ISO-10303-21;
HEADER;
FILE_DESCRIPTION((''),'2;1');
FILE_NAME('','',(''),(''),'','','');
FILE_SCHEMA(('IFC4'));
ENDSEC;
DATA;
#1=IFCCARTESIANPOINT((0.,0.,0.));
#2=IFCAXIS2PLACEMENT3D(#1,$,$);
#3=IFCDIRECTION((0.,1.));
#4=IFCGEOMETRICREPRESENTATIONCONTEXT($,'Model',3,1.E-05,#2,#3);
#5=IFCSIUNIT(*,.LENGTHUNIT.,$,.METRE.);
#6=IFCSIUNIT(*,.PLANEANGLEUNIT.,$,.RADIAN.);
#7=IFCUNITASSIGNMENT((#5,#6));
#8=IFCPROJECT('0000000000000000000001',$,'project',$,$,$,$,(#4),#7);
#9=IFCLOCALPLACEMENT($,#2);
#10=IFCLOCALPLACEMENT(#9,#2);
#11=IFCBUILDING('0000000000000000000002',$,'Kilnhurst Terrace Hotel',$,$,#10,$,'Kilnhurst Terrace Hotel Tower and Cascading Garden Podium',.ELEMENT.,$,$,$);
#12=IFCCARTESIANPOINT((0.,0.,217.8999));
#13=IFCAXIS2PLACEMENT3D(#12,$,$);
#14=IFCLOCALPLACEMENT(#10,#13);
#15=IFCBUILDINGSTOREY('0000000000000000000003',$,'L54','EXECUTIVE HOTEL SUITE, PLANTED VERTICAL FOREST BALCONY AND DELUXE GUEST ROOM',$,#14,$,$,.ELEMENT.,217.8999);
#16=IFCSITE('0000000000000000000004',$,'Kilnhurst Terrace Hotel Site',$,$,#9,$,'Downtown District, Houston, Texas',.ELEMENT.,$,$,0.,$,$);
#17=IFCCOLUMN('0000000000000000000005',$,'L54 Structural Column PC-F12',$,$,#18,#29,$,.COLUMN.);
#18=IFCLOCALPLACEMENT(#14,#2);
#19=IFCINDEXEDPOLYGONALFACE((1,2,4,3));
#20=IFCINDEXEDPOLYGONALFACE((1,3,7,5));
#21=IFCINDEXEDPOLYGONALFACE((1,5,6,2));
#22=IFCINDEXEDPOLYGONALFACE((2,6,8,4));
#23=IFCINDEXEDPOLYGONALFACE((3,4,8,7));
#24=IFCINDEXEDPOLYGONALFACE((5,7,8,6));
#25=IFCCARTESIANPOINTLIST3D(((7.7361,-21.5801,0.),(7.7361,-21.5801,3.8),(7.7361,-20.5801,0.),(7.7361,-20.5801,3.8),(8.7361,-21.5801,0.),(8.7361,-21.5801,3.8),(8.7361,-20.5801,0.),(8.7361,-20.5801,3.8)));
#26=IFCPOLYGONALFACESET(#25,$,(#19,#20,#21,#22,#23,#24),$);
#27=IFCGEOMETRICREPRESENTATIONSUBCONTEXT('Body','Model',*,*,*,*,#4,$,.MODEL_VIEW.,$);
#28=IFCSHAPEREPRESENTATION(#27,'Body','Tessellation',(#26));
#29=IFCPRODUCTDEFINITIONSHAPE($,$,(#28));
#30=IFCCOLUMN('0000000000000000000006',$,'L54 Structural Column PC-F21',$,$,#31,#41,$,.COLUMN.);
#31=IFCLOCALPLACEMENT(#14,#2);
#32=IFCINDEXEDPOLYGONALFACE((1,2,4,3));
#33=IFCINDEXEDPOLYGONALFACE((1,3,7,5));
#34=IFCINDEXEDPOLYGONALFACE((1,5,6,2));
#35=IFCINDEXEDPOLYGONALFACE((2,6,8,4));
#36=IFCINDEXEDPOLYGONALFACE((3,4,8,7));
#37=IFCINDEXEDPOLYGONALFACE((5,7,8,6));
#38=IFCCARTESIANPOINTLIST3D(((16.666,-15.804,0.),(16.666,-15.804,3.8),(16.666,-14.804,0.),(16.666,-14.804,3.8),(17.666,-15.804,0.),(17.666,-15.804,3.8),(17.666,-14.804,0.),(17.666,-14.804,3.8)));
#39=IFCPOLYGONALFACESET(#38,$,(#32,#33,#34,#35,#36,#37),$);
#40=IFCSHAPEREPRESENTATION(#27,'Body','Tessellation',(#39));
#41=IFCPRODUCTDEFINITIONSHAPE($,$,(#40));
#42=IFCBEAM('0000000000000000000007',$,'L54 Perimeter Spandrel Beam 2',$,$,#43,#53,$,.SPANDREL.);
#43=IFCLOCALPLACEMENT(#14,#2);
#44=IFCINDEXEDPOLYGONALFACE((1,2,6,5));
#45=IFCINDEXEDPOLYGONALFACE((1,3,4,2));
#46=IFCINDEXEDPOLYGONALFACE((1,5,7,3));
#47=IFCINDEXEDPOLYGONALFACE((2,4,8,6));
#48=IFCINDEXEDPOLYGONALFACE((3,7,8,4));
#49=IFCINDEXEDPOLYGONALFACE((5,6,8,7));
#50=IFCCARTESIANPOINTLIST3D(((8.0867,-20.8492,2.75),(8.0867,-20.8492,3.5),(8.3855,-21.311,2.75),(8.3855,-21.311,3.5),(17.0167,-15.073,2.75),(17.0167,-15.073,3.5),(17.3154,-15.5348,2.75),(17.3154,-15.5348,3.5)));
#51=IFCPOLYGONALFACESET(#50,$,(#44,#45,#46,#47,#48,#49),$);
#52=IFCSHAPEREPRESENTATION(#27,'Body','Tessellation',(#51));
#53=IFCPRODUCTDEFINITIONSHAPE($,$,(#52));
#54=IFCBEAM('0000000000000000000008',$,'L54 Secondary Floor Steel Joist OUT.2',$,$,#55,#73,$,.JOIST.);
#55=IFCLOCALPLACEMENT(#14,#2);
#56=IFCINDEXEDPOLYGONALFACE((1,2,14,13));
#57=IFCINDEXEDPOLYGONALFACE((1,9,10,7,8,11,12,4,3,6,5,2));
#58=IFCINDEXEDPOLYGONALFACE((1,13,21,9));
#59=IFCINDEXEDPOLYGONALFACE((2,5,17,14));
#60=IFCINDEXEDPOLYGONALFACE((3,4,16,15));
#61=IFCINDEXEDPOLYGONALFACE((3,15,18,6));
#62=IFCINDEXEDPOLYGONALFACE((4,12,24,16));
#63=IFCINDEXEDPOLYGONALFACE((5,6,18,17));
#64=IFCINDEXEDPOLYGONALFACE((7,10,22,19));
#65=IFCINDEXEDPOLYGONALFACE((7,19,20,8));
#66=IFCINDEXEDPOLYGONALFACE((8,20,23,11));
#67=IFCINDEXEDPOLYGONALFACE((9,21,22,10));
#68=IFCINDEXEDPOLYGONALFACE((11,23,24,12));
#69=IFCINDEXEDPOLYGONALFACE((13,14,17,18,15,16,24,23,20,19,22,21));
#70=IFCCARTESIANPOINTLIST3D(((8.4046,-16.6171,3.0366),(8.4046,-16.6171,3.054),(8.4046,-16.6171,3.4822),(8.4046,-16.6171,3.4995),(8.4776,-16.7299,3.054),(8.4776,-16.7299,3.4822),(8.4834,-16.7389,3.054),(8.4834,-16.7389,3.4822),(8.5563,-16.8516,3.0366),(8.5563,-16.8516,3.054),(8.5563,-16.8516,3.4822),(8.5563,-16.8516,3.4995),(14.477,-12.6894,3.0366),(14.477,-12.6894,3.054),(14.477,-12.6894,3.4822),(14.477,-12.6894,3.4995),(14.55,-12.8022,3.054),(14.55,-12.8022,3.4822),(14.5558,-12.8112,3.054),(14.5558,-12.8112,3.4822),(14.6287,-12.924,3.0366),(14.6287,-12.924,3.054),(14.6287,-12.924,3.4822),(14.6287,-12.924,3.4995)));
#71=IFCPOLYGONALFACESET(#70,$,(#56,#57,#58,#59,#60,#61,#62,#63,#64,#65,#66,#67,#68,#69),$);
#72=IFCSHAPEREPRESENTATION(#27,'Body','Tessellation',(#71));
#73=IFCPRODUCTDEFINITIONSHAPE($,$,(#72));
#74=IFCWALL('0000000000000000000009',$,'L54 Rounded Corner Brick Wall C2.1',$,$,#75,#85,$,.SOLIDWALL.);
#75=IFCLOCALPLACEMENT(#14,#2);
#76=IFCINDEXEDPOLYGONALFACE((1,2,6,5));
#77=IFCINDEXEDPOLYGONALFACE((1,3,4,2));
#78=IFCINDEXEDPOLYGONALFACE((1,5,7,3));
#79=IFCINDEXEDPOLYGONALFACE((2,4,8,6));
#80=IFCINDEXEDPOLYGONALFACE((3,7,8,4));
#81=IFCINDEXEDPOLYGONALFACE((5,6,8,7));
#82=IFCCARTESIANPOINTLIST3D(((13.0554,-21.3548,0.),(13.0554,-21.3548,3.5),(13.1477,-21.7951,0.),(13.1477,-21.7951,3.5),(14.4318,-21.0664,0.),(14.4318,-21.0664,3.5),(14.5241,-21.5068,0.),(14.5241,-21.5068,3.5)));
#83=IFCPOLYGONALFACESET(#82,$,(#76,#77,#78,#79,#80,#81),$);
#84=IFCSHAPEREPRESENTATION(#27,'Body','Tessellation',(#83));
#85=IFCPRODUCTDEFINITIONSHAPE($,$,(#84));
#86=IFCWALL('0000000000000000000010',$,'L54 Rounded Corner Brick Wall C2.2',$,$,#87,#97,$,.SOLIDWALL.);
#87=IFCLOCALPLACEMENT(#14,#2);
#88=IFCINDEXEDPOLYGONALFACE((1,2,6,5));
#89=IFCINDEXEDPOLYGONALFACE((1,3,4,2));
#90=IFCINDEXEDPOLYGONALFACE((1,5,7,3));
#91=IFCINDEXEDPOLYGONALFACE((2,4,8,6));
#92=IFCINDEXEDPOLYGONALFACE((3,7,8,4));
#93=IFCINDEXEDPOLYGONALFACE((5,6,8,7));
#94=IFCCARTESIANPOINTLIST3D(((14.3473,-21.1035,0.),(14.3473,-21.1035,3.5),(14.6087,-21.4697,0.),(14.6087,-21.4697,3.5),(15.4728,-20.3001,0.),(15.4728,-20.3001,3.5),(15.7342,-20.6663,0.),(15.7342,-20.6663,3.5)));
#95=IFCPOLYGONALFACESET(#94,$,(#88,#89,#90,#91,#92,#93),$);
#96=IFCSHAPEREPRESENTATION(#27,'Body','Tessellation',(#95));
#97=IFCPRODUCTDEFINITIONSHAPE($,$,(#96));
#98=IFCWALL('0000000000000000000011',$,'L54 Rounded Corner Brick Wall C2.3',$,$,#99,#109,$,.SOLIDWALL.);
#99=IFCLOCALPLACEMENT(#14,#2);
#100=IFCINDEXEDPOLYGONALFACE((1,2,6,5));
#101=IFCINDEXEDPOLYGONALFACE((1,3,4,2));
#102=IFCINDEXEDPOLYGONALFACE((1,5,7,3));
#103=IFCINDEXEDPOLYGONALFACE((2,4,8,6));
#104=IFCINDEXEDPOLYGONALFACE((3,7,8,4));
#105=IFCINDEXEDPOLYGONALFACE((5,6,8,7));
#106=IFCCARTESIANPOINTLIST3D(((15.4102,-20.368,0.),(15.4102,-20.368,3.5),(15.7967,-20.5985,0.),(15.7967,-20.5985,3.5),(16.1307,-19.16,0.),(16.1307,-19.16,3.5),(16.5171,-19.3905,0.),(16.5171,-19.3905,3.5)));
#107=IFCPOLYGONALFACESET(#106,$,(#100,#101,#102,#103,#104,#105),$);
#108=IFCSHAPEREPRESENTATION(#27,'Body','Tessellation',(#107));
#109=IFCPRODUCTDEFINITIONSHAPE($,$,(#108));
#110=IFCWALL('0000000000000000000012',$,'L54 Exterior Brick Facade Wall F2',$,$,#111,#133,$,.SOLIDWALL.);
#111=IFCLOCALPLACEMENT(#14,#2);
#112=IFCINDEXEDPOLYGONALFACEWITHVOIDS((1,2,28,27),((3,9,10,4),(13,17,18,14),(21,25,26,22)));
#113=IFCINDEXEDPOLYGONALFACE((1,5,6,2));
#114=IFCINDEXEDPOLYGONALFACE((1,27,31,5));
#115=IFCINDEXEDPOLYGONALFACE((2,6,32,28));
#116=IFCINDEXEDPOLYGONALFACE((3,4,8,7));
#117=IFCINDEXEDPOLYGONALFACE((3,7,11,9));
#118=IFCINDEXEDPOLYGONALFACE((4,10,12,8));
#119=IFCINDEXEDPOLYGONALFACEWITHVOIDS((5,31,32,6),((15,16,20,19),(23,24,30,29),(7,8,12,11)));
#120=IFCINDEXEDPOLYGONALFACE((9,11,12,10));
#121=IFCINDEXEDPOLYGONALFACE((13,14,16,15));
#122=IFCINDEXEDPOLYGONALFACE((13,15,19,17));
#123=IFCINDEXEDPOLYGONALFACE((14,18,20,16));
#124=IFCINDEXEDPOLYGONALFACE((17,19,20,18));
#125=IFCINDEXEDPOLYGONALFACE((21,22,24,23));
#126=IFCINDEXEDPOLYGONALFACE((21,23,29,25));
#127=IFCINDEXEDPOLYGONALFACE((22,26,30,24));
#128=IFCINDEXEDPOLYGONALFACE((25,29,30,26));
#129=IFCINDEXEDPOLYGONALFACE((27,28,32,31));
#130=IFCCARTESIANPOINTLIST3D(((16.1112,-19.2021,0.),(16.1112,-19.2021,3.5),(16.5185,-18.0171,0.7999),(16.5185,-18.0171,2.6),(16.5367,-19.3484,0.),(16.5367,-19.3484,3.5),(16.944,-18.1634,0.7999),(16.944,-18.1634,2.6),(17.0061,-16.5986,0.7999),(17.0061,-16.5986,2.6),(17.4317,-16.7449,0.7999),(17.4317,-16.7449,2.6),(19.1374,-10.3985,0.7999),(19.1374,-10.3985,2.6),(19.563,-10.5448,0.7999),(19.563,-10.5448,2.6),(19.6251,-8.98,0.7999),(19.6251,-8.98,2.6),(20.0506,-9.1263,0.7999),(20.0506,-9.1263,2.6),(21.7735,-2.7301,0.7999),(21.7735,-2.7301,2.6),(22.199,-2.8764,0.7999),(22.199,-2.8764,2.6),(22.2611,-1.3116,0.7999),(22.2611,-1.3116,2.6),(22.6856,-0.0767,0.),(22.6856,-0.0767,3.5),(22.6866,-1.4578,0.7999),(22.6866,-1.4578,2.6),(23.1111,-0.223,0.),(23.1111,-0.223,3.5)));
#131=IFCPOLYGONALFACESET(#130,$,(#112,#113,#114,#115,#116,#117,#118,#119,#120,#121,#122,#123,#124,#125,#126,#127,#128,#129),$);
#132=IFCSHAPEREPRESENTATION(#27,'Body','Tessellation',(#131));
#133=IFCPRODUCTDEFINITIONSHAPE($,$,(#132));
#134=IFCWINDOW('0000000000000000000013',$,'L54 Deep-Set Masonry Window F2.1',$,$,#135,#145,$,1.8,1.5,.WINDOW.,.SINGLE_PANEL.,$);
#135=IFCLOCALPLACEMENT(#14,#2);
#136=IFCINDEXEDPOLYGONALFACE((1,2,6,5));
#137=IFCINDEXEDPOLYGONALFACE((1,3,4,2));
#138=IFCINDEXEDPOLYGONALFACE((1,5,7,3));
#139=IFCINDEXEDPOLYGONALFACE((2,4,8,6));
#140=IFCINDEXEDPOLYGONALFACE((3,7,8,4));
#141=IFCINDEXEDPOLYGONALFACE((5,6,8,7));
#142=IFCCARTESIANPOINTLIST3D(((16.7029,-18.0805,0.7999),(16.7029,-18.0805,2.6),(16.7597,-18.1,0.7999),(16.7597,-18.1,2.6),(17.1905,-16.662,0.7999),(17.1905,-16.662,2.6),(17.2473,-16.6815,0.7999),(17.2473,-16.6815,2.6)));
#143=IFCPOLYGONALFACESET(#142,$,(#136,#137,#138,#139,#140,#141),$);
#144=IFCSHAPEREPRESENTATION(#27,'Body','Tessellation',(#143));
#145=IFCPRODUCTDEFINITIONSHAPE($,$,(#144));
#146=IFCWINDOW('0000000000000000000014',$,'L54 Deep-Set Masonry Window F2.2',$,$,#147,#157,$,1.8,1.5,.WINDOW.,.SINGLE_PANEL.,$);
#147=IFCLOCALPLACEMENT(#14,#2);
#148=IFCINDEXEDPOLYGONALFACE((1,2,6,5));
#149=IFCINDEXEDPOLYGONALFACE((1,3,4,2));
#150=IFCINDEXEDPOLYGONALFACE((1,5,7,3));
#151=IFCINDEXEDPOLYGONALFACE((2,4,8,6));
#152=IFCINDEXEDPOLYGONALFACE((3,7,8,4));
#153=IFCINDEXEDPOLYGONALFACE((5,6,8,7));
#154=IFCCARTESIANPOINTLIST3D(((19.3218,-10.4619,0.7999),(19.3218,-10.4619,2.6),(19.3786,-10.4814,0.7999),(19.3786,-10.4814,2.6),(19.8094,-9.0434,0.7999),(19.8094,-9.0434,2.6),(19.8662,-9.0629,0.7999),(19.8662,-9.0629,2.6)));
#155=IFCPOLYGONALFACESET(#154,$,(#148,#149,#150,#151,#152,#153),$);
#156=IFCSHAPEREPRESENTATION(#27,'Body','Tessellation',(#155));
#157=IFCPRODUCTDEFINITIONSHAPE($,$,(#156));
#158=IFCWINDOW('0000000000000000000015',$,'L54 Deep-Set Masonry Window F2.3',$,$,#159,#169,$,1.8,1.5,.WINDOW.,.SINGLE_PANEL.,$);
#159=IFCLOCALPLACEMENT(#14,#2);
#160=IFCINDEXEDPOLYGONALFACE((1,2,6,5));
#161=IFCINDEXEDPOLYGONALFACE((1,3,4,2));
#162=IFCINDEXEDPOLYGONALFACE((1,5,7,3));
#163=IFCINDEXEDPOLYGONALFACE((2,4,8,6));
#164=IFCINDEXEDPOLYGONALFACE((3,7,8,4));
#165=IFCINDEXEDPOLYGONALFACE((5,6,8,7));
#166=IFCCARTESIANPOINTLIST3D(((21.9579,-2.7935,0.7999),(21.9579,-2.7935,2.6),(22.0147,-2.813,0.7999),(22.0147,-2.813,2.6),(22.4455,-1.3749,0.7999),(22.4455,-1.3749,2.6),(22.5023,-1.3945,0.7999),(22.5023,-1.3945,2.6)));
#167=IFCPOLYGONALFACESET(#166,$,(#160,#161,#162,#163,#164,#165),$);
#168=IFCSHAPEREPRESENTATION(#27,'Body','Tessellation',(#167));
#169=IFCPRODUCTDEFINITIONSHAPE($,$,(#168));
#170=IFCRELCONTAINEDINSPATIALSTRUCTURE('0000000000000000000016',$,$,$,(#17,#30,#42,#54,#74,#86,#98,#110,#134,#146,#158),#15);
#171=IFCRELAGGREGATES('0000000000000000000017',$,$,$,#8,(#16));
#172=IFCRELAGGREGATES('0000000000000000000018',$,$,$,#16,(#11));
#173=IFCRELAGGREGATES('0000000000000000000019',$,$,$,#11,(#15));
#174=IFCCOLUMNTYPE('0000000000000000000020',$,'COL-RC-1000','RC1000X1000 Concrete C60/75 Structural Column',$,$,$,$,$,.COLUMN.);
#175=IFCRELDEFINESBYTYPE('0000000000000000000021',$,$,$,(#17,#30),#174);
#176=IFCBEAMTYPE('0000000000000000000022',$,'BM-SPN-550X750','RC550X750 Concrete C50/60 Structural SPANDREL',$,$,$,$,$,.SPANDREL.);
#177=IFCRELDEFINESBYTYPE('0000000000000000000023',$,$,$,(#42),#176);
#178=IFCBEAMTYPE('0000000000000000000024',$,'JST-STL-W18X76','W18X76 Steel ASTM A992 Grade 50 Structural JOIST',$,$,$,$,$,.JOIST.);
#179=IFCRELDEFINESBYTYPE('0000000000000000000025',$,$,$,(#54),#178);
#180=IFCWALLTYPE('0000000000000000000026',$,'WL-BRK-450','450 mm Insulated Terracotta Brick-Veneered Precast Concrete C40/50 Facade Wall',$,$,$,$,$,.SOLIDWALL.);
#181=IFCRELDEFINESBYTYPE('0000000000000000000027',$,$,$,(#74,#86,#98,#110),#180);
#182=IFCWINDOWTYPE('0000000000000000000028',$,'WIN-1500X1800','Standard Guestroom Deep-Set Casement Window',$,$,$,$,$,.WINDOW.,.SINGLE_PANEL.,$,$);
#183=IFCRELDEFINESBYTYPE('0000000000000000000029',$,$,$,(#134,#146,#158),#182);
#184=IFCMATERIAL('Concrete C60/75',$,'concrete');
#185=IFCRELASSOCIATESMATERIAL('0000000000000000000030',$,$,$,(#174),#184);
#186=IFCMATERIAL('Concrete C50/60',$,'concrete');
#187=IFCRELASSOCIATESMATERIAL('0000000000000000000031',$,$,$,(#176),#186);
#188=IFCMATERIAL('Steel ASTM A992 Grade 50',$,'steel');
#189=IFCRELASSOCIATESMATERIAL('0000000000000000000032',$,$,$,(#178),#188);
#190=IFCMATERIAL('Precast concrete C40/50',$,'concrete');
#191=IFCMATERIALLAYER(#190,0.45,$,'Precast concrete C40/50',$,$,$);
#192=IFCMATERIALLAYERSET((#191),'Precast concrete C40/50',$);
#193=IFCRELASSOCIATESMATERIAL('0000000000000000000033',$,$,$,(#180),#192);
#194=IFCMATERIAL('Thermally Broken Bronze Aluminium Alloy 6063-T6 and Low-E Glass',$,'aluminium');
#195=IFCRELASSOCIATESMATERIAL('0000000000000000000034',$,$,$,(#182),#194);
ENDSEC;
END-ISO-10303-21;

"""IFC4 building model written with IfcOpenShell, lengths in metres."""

from ifc_helpers import new_model, si_unit, direction, frame, frame_2d, origin, origin_2d, place, context, subcontext, project, spatial, rectangle, i_section, extrude, material, layer, layer_set, material_profile, profile_set, type_object, element, fill, save


model = new_model("IFC4")

# Units and contexts
model_context = context("Model", 3, precision=1e-05, world=origin(), true_north=direction((0.0, 1.0)))
body_context = subcontext(model_context, "Body", "Model", "MODEL_VIEW")
ifc_project = project(units=[si_unit("LENGTHUNIT", "METRE"), si_unit("PLANEANGLEUNIT", "RADIAN")], contexts=[model_context])

# Site, building, storey
site_placement = place(None, origin())
site = spatial("IfcSite", under=ifc_project, at=site_placement, Name="Kilnhurst Terrace Hotel Site", LongName="Downtown District, Houston, Texas", CompositionType="ELEMENT", RefElevation=0.0)
building_placement = place(site_placement, origin())
building = spatial("IfcBuilding", under=site, at=building_placement, Name="Kilnhurst Terrace Hotel", LongName="Kilnhurst Terrace Hotel Tower and Cascading Garden Podium", CompositionType="ELEMENT")
storey_placement = place(building_placement, frame((0.0, 0.0, 217.8999)))
storey = spatial("IfcBuildingStorey", under=building, at=storey_placement, Name="L54", Description="EXECUTIVE HOTEL SUITE, PLANTED VERTICAL FOREST BALCONY AND DELUXE GUEST ROOM", CompositionType="ELEMENT", Elevation=217.8999)

# Columns
ifc_material_1 = material(Name="Concrete C60/75", Category="concrete")
ifc_material_profile_1 = material_profile(ifc_material_1, rectangle(XDim=1.0, YDim=1.0, at=origin_2d()), Name="RC1000X1000")
ifc_profile_set_1 = profile_set([ifc_material_profile_1], Name="Concrete C60/75")
column_type = type_object("IfcColumnType", Name="COL-RC-1000", Description="RC1000X1000 Concrete C60/75 Structural Column", PredefinedType="COLUMN", material=ifc_profile_set_1)
for number, where, z_axis, x_axis, name in (
    (1, (8.2361, -21.0801, 0.0), (0.0, 0.0, 1.0), (1.0, 0.0, 0.0), "L54 Structural Column PC-F12"),
    (2, (17.166, -15.304, 0.0), (0.0, 0.0, 1.0), (1.0, 0.0, 0.0), "L54 Structural Column PC-F21"),
):
    element("IfcColumn", number, at=place(storey_placement, frame(where, z_axis=z_axis, x_axis=x_axis)), inside=storey, type_object=column_type, Name=name, PredefinedType="COLUMN", context=body_context, shape_type="SweptSolid", body=[
        extrude(rectangle(XDim=1.0, YDim=1.0, at=origin_2d()), origin(), (0.0, 0.0, 1.0), 3.8),
    ])

# Beams
ifc_material_2 = material(Name="Concrete C50/60", Category="concrete")
ifc_material_profile_2 = material_profile(ifc_material_2, rectangle(XDim=0.55, YDim=0.75, at=origin_2d()), Name="RC550X750")
ifc_profile_set_2 = profile_set([ifc_material_profile_2], Name="Concrete C50/60")
beam_type_1 = type_object("IfcBeamType", Name="BM-SPN-550X750", Description="RC550X750 Concrete C50/60 Structural SPANDREL", PredefinedType="SPANDREL", material=ifc_profile_set_2)
beam_1_placement = place(storey_placement, frame((8.2361, -21.0801, 3.125), z_axis=(0.839659, 0.543114, 0.0), x_axis=(-0.543114, 0.839659, 0.0)))
element("IfcBeam", 3, at=beam_1_placement, inside=storey, type_object=beam_type_1, Name="L54 Perimeter Spandrel Beam 2", PredefinedType="SPANDREL", context=body_context, shape_type="SweptSolid", body=[
    extrude(rectangle(XDim=0.55, YDim=0.75, at=origin_2d()), origin(), (0.0, 0.0, 1.0), 10.6353),
])
ifc_material_3 = material(Name="Steel ASTM A992 Grade 50", Category="steel")
ifc_material_profile_3 = material_profile(ifc_material_3, i_section(OverallWidth=0.2793, OverallDepth=0.4629, WebThickness=0.0107, FlangeThickness=0.0173, at=origin_2d()), Name="W18X76")
ifc_profile_set_3 = profile_set([ifc_material_profile_3], Name="Steel ASTM A992 Grade 50")
beam_type_2 = type_object("IfcBeamType", Name="JST-STL-W18X76", Description="W18X76 Steel ASTM A992 Grade 50 Structural JOIST", PredefinedType="JOIST", material=ifc_profile_set_3)
beam_2_placement = place(storey_placement, frame((8.4805, -16.7344, 3.2681), z_axis=(0.839667, 0.543101, 0.0), x_axis=(-0.543101, 0.839667, 0.0)))
element("IfcBeam", 4, at=beam_2_placement, inside=storey, type_object=beam_type_2, Name="L54 Secondary Floor Steel Joist OUT.2", PredefinedType="JOIST", context=body_context, shape_type="SweptSolid", body=[
    extrude(i_section(OverallWidth=0.2793, OverallDepth=0.4629, WebThickness=0.0107, FlangeThickness=0.0173, at=origin_2d()), origin(), (0.0, 0.0, 1.0), 7.2319),
])

# Walls
ifc_material_4 = material(Name="Precast concrete C40/50", Category="concrete")
ifc_layer_1 = layer(ifc_material_4, 0.45, Name="Precast concrete C40/50")
ifc_layer_set_1 = layer_set([ifc_layer_1], Name="Precast concrete C40/50")
wall_type_1 = type_object("IfcWallType", Name="WL-BRK-450", Description="450 mm Insulated Terracotta Brick-Veneered Precast Concrete C40/50 Facade Wall", PredefinedType="SOLIDWALL", material=ifc_layer_set_1)
wall_1_placement = place(storey_placement, frame((13.1016, -21.575, 0.0), z_axis=(0.0, 0.0, 1.0), x_axis=(0.978757, 0.205022, 0.0)))
element("IfcWall", 5, at=wall_1_placement, inside=storey, type_object=wall_type_1, Name="L54 Rounded Corner Brick Wall C2.1", PredefinedType="SOLIDWALL", context=body_context, shape_type="SweptSolid", body=[
    extrude(rectangle(XDim=1.4062, YDim=0.45, at=frame_2d((0.7031, 0.0))), origin(), (0.0, 0.0, 1.0), 3.5),
])
wall_2_placement = place(storey_placement, frame((14.478, -21.2866, 0.0), z_axis=(0.0, 0.0, 1.0), x_axis=(0.813889, 0.581021, 0.0)))
element("IfcWall", 6, at=wall_2_placement, inside=storey, type_object=wall_type_1, Name="L54 Rounded Corner Brick Wall C2.2", PredefinedType="SOLIDWALL", context=body_context, shape_type="SweptSolid", body=[
    extrude(rectangle(XDim=1.3828, YDim=0.45, at=frame_2d((0.6914, 0.0))), origin(), (0.0, 0.0, 1.0), 3.5),
])
wall_3_placement = place(storey_placement, frame((15.6035, -20.4832, 0.0), z_axis=(0.0, 0.0, 1.0), x_axis=(0.512222, 0.858853, 0.0)))
element("IfcWall", 7, at=wall_3_placement, inside=storey, type_object=wall_type_1, Name="L54 Rounded Corner Brick Wall C2.3", PredefinedType="SOLIDWALL", context=body_context, shape_type="SweptSolid", body=[
    extrude(rectangle(XDim=1.4065, YDim=0.45, at=frame_2d((0.7031, 0.0))), origin(), (0.0, 0.0, 1.0), 3.5),
])

# Wall, openings, windows
wall_4_placement = place(storey_placement, frame((16.324, -19.2751, 0.0), z_axis=(0.0, 0.0, 1.0), x_axis=(0.325083, 0.945685, 0.0)))
wall_4 = element("IfcWall", 8, at=wall_4_placement, inside=storey, type_object=wall_type_1, Name="L54 Exterior Brick Facade Wall F2", PredefinedType="SOLIDWALL", context=body_context, shape_type="SweptSolid", body=[
    extrude(rectangle(XDim=20.2239, YDim=0.45, at=frame_2d((10.1118, 0.0))), origin(), (0.0, 0.0, 1.0), 3.5),
])
opening_1_placement = place(wall_4_placement, frame((1.2529, 0.0, 0.8)))
opening_1 = element("IfcOpeningElement", 9, at=opening_1_placement, cuts=wall_4, PredefinedType="OPENING", context=body_context, shape_type="SweptSolid", body=[
    extrude(rectangle(XDim=1.5, YDim=1.8, at=frame_2d((0.75, 0.8999))), frame((0.0, 0.2349, 0.0), z_axis=(0.0, -1.0, 0.0), x_axis=(1.0, 0.0, 0.0)), (0.0, 0.0, 1.0), 0.47),
])
opening_2_placement = place(wall_4_placement, frame((9.3091, 0.0, 0.8)))
opening_2 = element("IfcOpeningElement", 10, at=opening_2_placement, cuts=wall_4, PredefinedType="OPENING", context=body_context, shape_type="SweptSolid", body=[
    extrude(rectangle(XDim=1.5, YDim=1.8, at=frame_2d((0.75, 0.8999))), frame((0.0, 0.2349, 0.0), z_axis=(0.0, -1.0, 0.0), x_axis=(1.0, 0.0, 0.0)), (0.0, 0.0, 1.0), 0.47),
])
opening_3_placement = place(wall_4_placement, frame((17.418, 0.0, 0.8)))
opening_3 = element("IfcOpeningElement", 11, at=opening_3_placement, cuts=wall_4, PredefinedType="OPENING", context=body_context, shape_type="SweptSolid", body=[
    extrude(rectangle(XDim=1.5, YDim=1.8, at=frame_2d((0.75, 0.8999))), frame((0.0, 0.2349, 0.0), z_axis=(0.0, -1.0, 0.0), x_axis=(1.0, 0.0, 0.0)), (0.0, 0.0, 1.0), 0.47),
])
ifc_material_5 = material(Name="Thermally Broken Bronze Aluminium Alloy 6063-T6 and Low-E Glass", Category="aluminium")
window_type = type_object("IfcWindowType", Name="WIN-1500X1800", Description="Standard Guestroom Deep-Set Casement Window", PartitioningType="SINGLE_PANEL", PredefinedType="WINDOW", material=ifc_material_5)
window_1_placement = place(opening_1_placement, origin())
window_1 = element("IfcWindow", 12, at=window_1_placement, inside=storey, type_object=window_type, Name="L54 Deep-Set Masonry Window F2.1", OverallHeight=1.8, OverallWidth=1.5, PartitioningType="SINGLE_PANEL", PredefinedType="WINDOW", context=body_context, shape_type="SweptSolid", body=[
    extrude(rectangle(XDim=1.5, YDim=1.8, at=frame_2d((0.75, 0.8999))), frame((0.0, 0.03, 0.0), z_axis=(0.0, -1.0, 0.0), x_axis=(1.0, 0.0, 0.0)), (0.0, 0.0, 1.0), 0.0601),
])
fill(opening_1, window_1)
window_2_placement = place(opening_2_placement, origin())
window_2 = element("IfcWindow", 13, at=window_2_placement, inside=storey, type_object=window_type, Name="L54 Deep-Set Masonry Window F2.2", OverallHeight=1.8, OverallWidth=1.5, PartitioningType="SINGLE_PANEL", PredefinedType="WINDOW", context=body_context, shape_type="SweptSolid", body=[
    extrude(rectangle(XDim=1.5, YDim=1.8, at=frame_2d((0.75, 0.8999))), frame((0.0, 0.03, 0.0), z_axis=(0.0, -1.0, 0.0), x_axis=(1.0, 0.0, 0.0)), (0.0, 0.0, 1.0), 0.0601),
])
fill(opening_2, window_2)
window_3_placement = place(opening_3_placement, origin())
window_3 = element("IfcWindow", 14, at=window_3_placement, inside=storey, type_object=window_type, Name="L54 Deep-Set Masonry Window F2.3", OverallHeight=1.8, OverallWidth=1.5, PartitioningType="SINGLE_PANEL", PredefinedType="WINDOW", context=body_context, shape_type="SweptSolid", body=[
    extrude(rectangle(XDim=1.5, YDim=1.8, at=frame_2d((0.75, 0.8999))), frame((0.0, 0.03, 0.0), z_axis=(0.0, -1.0, 0.0), x_axis=(1.0, 0.0, 0.0)), (0.0, 0.0, 1.0), 0.0601),
])
fill(opening_3, window_3)

save(model, "model.ifc")
